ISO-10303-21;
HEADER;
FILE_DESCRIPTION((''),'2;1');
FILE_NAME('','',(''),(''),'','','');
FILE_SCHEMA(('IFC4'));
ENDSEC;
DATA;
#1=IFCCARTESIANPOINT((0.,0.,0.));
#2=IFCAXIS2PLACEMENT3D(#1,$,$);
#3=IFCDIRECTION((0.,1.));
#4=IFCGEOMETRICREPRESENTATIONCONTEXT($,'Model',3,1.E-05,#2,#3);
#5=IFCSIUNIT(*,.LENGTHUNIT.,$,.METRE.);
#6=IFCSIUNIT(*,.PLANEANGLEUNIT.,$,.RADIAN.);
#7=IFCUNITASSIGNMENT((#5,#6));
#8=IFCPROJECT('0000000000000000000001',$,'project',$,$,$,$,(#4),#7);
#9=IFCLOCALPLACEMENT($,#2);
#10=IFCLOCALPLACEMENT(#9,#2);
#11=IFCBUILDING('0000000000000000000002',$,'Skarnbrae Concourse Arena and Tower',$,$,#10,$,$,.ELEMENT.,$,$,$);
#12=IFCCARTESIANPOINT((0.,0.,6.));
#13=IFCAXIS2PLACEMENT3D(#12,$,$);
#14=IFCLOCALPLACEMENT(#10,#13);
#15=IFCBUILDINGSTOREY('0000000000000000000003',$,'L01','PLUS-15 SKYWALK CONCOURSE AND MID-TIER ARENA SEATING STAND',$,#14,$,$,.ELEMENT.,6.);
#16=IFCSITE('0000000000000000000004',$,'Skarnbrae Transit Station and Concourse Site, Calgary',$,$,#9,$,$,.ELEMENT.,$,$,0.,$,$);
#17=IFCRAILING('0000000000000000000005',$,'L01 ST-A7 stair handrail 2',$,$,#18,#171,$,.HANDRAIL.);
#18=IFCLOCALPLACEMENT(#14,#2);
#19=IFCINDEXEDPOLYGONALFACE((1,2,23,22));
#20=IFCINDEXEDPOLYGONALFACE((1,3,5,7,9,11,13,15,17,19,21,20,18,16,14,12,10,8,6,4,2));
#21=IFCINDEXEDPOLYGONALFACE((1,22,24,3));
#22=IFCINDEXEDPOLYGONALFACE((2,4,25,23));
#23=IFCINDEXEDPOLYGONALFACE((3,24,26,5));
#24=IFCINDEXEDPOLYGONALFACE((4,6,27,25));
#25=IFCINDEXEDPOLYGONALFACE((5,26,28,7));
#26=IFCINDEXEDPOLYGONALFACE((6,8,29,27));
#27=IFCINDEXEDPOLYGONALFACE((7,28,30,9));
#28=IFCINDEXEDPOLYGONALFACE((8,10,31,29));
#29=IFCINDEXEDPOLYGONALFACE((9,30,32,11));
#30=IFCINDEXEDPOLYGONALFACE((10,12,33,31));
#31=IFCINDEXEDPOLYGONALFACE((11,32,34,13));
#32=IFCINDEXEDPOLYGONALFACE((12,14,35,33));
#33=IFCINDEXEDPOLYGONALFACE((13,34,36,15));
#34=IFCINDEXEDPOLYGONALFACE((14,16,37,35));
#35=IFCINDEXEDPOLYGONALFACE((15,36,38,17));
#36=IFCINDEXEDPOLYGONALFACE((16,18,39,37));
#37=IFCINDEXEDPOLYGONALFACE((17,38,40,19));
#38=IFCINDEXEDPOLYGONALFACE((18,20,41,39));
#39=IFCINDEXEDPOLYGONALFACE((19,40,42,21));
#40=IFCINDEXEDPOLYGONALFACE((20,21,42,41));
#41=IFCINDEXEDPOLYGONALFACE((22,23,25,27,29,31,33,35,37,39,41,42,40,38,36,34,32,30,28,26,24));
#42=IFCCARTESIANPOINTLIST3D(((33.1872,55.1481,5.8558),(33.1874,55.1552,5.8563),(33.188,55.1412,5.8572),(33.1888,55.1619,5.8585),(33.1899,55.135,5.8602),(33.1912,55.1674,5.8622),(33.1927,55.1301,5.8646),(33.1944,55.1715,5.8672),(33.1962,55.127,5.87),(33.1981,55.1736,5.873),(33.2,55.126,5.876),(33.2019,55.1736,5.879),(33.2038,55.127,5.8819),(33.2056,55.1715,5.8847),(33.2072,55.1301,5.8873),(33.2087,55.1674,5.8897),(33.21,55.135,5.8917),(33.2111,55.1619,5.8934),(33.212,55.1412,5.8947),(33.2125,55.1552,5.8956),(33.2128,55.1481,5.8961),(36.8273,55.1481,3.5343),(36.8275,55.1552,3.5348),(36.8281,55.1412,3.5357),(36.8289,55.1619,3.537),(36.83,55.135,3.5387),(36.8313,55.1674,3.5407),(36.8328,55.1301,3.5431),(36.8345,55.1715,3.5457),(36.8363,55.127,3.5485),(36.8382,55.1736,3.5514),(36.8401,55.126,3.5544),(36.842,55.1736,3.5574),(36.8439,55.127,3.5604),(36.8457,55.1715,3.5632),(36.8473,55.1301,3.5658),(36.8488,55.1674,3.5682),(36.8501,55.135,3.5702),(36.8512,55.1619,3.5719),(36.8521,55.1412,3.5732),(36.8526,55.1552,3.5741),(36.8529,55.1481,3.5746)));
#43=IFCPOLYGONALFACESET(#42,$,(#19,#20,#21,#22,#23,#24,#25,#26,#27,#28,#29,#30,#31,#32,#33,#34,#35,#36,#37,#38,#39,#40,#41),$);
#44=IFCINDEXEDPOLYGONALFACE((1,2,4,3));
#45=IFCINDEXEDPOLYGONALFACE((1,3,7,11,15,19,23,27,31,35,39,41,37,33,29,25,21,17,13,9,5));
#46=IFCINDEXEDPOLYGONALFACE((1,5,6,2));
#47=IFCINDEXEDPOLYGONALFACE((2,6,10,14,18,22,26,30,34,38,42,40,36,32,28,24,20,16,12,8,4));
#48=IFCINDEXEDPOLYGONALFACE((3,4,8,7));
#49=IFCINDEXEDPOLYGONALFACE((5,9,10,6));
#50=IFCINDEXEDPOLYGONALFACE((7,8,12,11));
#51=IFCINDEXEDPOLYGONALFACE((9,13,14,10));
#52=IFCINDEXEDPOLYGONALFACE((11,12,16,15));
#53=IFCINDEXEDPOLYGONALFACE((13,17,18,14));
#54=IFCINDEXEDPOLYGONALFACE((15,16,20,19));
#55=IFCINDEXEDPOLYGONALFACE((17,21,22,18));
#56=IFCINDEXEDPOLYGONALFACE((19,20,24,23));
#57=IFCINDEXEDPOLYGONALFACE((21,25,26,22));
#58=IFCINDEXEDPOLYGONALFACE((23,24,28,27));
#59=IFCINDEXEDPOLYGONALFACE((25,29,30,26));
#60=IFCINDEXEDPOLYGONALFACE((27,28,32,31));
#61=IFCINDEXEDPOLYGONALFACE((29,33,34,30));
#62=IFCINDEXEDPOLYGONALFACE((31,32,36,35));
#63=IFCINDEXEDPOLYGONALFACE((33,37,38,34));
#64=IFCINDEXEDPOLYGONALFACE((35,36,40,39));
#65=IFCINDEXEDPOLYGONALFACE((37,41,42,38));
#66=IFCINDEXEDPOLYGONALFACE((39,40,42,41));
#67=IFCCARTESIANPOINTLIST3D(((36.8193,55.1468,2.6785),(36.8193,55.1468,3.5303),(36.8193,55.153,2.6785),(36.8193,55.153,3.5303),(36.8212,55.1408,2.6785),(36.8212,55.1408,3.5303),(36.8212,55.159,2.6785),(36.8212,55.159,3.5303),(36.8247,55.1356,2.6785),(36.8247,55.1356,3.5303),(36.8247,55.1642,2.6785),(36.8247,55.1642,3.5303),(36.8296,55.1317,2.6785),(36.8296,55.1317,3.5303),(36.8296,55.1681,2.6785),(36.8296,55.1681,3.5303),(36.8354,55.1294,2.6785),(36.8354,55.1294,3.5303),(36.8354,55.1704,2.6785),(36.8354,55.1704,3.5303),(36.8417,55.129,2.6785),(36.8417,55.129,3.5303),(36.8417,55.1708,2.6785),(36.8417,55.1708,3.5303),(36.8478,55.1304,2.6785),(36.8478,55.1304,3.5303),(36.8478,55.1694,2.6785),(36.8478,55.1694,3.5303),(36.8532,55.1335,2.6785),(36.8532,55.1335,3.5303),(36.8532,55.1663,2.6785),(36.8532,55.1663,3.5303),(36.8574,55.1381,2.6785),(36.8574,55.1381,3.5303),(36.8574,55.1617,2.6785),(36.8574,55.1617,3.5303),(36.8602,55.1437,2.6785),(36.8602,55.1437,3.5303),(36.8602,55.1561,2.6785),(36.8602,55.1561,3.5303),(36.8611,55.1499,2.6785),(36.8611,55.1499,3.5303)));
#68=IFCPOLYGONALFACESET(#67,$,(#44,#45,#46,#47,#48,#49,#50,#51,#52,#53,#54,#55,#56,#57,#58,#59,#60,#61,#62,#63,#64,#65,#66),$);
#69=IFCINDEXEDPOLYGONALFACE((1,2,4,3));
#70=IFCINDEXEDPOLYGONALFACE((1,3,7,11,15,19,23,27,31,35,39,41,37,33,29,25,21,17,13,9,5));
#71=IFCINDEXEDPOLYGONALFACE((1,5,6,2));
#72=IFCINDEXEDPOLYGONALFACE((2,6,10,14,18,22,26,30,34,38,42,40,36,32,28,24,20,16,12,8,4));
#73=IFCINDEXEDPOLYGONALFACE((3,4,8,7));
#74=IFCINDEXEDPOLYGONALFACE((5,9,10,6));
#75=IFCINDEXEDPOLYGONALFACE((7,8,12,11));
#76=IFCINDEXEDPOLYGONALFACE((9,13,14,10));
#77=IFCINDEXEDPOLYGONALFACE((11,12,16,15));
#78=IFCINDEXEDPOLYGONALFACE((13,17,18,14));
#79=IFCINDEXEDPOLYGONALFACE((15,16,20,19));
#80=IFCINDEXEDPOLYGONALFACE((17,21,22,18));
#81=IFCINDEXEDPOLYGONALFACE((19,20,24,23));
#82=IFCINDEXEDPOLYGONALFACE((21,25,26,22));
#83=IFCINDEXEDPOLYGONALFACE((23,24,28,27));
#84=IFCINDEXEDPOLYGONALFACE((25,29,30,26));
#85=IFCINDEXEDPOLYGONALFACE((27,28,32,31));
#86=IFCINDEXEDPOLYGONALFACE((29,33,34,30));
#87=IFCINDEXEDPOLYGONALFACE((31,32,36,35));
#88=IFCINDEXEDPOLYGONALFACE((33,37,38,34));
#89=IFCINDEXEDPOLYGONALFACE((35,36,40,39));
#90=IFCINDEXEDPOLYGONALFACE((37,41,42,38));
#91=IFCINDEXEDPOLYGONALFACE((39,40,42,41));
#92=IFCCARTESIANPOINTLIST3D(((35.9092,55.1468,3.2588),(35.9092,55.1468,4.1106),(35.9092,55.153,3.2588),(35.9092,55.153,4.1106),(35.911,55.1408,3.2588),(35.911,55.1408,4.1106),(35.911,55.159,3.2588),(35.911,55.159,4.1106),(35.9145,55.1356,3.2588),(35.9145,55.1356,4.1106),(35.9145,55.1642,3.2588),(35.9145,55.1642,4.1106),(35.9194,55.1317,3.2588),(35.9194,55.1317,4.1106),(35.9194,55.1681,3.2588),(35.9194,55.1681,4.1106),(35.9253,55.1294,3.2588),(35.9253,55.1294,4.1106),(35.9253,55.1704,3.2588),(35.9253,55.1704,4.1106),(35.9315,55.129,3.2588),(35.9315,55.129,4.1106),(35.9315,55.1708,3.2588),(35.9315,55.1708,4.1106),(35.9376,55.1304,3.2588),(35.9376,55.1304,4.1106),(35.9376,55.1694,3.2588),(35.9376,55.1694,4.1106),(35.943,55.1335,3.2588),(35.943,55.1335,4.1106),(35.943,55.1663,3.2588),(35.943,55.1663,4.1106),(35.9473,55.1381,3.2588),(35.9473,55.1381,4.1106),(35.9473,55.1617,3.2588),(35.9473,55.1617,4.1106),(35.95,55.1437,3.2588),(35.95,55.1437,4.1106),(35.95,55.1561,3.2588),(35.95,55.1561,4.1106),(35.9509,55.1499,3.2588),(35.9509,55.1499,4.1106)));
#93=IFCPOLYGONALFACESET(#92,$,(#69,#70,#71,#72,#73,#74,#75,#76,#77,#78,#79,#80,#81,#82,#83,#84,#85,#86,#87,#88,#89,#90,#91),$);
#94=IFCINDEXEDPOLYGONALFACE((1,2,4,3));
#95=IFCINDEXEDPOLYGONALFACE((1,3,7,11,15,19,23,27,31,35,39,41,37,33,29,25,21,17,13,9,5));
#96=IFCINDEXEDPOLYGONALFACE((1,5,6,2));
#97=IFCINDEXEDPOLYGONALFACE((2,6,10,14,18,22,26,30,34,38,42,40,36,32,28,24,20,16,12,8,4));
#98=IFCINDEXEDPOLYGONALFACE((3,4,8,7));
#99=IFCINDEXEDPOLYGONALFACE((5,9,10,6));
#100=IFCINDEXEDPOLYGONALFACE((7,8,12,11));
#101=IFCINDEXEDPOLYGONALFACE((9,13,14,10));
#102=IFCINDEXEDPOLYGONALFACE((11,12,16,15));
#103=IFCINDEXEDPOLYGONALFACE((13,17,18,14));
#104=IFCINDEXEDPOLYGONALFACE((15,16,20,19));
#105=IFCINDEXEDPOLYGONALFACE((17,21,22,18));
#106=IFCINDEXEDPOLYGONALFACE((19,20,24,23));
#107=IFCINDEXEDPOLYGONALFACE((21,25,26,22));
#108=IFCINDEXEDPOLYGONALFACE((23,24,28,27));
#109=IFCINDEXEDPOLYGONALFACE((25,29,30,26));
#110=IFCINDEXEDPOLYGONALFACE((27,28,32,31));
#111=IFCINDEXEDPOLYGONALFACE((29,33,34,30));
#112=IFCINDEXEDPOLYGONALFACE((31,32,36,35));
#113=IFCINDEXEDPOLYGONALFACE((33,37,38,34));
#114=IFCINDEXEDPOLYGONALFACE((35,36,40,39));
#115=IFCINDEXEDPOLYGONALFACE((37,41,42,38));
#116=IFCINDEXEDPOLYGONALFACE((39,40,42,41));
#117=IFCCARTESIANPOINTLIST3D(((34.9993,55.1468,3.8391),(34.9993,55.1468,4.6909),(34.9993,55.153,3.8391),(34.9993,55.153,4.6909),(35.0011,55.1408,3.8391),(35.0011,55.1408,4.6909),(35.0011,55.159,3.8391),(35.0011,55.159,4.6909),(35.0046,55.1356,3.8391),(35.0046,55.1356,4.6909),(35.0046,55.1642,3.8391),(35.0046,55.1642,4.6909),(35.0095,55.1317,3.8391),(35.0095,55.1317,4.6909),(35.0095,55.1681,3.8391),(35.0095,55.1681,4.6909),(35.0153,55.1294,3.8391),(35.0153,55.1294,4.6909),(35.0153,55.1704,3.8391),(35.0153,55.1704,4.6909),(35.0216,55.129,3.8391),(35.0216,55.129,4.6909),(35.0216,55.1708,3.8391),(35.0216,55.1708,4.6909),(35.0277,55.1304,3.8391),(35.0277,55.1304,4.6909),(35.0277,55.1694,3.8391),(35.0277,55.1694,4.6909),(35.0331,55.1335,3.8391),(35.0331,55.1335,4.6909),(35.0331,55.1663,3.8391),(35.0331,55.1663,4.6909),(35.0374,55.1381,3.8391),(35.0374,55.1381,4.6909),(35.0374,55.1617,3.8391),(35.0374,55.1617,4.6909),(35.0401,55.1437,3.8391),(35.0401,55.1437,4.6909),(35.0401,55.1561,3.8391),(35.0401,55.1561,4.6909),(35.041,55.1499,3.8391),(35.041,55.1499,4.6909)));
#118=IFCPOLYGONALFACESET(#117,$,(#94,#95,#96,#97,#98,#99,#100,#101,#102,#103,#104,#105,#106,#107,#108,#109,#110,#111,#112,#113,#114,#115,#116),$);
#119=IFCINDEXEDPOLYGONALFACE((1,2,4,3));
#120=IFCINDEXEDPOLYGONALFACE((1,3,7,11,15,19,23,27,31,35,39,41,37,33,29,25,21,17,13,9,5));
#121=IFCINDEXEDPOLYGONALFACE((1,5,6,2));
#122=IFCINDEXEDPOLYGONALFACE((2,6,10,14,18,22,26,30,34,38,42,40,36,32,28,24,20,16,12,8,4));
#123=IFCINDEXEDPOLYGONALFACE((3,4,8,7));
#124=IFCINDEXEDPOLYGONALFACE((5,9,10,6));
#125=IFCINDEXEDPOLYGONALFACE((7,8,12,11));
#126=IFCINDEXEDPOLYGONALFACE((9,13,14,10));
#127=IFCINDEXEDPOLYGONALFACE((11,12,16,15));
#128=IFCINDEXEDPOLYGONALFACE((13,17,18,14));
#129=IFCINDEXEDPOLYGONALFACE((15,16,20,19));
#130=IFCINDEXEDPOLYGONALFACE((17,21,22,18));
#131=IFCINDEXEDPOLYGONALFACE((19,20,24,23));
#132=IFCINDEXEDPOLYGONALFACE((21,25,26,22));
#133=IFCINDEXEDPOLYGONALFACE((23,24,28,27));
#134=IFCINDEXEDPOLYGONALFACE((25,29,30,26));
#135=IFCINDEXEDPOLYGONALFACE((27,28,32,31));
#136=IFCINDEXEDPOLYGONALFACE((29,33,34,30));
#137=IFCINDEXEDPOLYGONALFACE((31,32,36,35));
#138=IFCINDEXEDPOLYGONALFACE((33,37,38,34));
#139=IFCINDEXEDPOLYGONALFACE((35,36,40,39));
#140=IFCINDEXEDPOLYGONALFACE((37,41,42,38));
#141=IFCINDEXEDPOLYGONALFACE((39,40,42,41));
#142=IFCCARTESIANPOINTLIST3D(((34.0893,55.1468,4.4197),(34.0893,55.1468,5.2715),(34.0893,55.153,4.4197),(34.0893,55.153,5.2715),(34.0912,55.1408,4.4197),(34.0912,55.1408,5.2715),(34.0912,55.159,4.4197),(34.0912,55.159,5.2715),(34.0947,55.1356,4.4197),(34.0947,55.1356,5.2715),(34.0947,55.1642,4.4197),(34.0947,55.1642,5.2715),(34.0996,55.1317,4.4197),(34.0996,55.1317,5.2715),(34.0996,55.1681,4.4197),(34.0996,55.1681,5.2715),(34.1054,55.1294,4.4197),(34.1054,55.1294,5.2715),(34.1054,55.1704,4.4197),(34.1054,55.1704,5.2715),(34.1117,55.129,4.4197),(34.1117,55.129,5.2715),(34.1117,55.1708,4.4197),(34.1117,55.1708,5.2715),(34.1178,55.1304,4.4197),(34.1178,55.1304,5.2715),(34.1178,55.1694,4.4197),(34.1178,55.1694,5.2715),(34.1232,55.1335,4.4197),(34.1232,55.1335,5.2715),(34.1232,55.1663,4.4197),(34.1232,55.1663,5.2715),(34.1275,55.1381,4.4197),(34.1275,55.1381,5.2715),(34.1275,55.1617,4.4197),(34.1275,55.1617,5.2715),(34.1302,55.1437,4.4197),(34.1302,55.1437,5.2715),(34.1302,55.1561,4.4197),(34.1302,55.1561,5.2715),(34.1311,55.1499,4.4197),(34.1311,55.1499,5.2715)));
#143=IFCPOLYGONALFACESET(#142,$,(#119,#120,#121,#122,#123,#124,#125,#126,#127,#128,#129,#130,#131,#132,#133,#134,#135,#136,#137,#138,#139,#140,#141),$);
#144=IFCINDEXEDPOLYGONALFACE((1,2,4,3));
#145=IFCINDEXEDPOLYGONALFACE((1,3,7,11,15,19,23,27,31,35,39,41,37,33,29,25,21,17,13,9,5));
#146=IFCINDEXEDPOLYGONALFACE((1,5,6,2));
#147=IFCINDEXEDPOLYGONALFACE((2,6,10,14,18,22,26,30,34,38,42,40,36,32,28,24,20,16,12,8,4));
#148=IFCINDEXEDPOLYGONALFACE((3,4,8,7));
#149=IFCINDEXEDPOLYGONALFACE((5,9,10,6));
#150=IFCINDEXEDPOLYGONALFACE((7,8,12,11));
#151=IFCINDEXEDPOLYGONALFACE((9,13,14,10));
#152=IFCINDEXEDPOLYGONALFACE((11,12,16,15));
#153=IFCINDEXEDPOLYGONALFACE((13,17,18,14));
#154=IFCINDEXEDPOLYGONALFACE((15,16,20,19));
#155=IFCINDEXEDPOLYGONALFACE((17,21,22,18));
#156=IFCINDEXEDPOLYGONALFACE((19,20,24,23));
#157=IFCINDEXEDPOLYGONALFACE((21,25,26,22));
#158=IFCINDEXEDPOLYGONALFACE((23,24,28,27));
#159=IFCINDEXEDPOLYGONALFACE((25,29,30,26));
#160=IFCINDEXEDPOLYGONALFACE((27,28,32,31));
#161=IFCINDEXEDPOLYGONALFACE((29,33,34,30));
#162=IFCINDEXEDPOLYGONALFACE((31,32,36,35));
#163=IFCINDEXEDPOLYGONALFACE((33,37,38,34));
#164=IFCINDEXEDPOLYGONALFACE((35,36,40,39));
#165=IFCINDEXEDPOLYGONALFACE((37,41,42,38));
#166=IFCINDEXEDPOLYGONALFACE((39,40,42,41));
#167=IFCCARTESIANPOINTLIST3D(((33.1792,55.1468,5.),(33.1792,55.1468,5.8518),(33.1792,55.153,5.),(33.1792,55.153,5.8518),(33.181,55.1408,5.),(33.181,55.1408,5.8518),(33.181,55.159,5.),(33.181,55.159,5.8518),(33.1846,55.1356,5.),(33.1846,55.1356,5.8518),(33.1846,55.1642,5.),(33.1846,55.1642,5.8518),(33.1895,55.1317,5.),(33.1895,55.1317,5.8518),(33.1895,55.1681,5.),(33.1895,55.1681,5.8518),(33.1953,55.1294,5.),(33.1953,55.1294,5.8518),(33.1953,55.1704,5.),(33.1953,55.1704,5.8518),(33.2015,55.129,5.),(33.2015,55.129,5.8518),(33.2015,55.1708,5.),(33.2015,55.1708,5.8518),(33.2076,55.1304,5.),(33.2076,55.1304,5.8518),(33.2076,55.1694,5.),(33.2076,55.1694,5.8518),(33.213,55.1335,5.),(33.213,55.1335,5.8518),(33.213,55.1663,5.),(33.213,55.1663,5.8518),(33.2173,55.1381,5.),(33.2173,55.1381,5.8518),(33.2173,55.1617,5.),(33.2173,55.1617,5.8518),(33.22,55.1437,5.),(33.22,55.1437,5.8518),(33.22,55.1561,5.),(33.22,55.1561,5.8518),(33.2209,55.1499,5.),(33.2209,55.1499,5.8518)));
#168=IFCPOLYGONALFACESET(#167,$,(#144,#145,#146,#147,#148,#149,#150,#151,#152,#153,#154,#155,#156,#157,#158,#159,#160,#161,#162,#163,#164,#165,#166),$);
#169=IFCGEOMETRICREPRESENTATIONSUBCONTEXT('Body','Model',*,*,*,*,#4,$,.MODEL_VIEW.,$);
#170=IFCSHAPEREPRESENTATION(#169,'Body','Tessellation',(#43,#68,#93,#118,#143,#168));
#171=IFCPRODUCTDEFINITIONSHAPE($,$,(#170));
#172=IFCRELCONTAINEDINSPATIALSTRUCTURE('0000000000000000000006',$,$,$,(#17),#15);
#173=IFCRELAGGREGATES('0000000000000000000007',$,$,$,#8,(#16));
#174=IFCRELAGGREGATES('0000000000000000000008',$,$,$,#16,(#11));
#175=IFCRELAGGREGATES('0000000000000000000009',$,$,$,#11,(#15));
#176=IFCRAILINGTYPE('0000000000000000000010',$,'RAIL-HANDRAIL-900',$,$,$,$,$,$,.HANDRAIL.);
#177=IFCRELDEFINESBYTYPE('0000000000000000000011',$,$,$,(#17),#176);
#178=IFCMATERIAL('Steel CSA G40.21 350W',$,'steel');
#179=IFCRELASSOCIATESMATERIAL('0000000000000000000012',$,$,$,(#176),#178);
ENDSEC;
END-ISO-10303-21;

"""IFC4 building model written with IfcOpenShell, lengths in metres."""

from ifc_helpers import new_model, si_unit, direction, frame, origin, origin_2d, place, context, subcontext, project, spatial, circle, extrude, material, type_object, element, save


model = new_model("IFC4")

# Units and contexts
model_context = context("Model", 3, precision=1e-05, world=origin(), true_north=direction((0.0, 1.0)))
body_context = subcontext(model_context, "Body", "Model", "MODEL_VIEW")
ifc_project = project(units=[si_unit("LENGTHUNIT", "METRE"), si_unit("PLANEANGLEUNIT", "RADIAN")], contexts=[model_context])

# Site, building, storey
site_placement = place(None, origin())
site = spatial("IfcSite", under=ifc_project, at=site_placement, Name="Skarnbrae Transit Station and Concourse Site, Calgary", CompositionType="ELEMENT", RefElevation=0.0)
building_placement = place(site_placement, origin())
building = spatial("IfcBuilding", under=site, at=building_placement, Name="Skarnbrae Concourse Arena and Tower", CompositionType="ELEMENT")
storey_placement = place(building_placement, frame((0.0, 0.0, 6.0)))
storey = spatial("IfcBuildingStorey", under=building, at=storey_placement, Name="L01", Description="PLUS-15 SKYWALK CONCOURSE AND MID-TIER ARENA SEATING STAND", CompositionType="ELEMENT", Elevation=6.0)

# Shared definitions
ifc_material_1 = material(Name="Steel CSA G40.21 350W", Category="steel")

# Railing
railing_type_1 = type_object("IfcRailingType", Name="RAIL-HANDRAIL-900", PredefinedType="HANDRAIL", material=ifc_material_1)
railing_1_placement = place(storey_placement, frame((36.8401, 55.1499, 2.6785)))
element("IfcRailing", 1, at=railing_1_placement, inside=storey, type_object=railing_type_1, Name="L01 ST-A7 stair handrail 2", PredefinedType="HANDRAIL", context=body_context, shape_type="SweptSolid", body=[
    extrude(circle(Radius=0.0239, at=origin_2d()), frame((0.0, 0.0, 0.876), z_axis=(-0.843128, 0.0, 0.537713), x_axis=(0.0, -1.0, 0.0)), (0.0, 0.0, 1.0), 4.3174),
    extrude(circle(Radius=0.021, at=origin_2d()), origin(), (0.0, 0.0, 1.0), 0.8518),
    extrude(circle(Radius=0.021, at=origin_2d()), frame((-0.9102, 0.0, 0.5803)), (0.0, 0.0, 1.0), 0.8518),
    extrude(circle(Radius=0.021, at=origin_2d()), frame((-1.8201, 0.0, 1.1606)), (0.0, 0.0, 1.0), 0.8518),
    extrude(circle(Radius=0.021, at=origin_2d()), frame((-2.73, 0.0, 1.7412)), (0.0, 0.0, 1.0), 0.8518),
    extrude(circle(Radius=0.021, at=origin_2d()), frame((-3.6401, 0.0, 2.3215)), (0.0, 0.0, 1.0), 0.8518),
])

save(model, "model.ifc")
